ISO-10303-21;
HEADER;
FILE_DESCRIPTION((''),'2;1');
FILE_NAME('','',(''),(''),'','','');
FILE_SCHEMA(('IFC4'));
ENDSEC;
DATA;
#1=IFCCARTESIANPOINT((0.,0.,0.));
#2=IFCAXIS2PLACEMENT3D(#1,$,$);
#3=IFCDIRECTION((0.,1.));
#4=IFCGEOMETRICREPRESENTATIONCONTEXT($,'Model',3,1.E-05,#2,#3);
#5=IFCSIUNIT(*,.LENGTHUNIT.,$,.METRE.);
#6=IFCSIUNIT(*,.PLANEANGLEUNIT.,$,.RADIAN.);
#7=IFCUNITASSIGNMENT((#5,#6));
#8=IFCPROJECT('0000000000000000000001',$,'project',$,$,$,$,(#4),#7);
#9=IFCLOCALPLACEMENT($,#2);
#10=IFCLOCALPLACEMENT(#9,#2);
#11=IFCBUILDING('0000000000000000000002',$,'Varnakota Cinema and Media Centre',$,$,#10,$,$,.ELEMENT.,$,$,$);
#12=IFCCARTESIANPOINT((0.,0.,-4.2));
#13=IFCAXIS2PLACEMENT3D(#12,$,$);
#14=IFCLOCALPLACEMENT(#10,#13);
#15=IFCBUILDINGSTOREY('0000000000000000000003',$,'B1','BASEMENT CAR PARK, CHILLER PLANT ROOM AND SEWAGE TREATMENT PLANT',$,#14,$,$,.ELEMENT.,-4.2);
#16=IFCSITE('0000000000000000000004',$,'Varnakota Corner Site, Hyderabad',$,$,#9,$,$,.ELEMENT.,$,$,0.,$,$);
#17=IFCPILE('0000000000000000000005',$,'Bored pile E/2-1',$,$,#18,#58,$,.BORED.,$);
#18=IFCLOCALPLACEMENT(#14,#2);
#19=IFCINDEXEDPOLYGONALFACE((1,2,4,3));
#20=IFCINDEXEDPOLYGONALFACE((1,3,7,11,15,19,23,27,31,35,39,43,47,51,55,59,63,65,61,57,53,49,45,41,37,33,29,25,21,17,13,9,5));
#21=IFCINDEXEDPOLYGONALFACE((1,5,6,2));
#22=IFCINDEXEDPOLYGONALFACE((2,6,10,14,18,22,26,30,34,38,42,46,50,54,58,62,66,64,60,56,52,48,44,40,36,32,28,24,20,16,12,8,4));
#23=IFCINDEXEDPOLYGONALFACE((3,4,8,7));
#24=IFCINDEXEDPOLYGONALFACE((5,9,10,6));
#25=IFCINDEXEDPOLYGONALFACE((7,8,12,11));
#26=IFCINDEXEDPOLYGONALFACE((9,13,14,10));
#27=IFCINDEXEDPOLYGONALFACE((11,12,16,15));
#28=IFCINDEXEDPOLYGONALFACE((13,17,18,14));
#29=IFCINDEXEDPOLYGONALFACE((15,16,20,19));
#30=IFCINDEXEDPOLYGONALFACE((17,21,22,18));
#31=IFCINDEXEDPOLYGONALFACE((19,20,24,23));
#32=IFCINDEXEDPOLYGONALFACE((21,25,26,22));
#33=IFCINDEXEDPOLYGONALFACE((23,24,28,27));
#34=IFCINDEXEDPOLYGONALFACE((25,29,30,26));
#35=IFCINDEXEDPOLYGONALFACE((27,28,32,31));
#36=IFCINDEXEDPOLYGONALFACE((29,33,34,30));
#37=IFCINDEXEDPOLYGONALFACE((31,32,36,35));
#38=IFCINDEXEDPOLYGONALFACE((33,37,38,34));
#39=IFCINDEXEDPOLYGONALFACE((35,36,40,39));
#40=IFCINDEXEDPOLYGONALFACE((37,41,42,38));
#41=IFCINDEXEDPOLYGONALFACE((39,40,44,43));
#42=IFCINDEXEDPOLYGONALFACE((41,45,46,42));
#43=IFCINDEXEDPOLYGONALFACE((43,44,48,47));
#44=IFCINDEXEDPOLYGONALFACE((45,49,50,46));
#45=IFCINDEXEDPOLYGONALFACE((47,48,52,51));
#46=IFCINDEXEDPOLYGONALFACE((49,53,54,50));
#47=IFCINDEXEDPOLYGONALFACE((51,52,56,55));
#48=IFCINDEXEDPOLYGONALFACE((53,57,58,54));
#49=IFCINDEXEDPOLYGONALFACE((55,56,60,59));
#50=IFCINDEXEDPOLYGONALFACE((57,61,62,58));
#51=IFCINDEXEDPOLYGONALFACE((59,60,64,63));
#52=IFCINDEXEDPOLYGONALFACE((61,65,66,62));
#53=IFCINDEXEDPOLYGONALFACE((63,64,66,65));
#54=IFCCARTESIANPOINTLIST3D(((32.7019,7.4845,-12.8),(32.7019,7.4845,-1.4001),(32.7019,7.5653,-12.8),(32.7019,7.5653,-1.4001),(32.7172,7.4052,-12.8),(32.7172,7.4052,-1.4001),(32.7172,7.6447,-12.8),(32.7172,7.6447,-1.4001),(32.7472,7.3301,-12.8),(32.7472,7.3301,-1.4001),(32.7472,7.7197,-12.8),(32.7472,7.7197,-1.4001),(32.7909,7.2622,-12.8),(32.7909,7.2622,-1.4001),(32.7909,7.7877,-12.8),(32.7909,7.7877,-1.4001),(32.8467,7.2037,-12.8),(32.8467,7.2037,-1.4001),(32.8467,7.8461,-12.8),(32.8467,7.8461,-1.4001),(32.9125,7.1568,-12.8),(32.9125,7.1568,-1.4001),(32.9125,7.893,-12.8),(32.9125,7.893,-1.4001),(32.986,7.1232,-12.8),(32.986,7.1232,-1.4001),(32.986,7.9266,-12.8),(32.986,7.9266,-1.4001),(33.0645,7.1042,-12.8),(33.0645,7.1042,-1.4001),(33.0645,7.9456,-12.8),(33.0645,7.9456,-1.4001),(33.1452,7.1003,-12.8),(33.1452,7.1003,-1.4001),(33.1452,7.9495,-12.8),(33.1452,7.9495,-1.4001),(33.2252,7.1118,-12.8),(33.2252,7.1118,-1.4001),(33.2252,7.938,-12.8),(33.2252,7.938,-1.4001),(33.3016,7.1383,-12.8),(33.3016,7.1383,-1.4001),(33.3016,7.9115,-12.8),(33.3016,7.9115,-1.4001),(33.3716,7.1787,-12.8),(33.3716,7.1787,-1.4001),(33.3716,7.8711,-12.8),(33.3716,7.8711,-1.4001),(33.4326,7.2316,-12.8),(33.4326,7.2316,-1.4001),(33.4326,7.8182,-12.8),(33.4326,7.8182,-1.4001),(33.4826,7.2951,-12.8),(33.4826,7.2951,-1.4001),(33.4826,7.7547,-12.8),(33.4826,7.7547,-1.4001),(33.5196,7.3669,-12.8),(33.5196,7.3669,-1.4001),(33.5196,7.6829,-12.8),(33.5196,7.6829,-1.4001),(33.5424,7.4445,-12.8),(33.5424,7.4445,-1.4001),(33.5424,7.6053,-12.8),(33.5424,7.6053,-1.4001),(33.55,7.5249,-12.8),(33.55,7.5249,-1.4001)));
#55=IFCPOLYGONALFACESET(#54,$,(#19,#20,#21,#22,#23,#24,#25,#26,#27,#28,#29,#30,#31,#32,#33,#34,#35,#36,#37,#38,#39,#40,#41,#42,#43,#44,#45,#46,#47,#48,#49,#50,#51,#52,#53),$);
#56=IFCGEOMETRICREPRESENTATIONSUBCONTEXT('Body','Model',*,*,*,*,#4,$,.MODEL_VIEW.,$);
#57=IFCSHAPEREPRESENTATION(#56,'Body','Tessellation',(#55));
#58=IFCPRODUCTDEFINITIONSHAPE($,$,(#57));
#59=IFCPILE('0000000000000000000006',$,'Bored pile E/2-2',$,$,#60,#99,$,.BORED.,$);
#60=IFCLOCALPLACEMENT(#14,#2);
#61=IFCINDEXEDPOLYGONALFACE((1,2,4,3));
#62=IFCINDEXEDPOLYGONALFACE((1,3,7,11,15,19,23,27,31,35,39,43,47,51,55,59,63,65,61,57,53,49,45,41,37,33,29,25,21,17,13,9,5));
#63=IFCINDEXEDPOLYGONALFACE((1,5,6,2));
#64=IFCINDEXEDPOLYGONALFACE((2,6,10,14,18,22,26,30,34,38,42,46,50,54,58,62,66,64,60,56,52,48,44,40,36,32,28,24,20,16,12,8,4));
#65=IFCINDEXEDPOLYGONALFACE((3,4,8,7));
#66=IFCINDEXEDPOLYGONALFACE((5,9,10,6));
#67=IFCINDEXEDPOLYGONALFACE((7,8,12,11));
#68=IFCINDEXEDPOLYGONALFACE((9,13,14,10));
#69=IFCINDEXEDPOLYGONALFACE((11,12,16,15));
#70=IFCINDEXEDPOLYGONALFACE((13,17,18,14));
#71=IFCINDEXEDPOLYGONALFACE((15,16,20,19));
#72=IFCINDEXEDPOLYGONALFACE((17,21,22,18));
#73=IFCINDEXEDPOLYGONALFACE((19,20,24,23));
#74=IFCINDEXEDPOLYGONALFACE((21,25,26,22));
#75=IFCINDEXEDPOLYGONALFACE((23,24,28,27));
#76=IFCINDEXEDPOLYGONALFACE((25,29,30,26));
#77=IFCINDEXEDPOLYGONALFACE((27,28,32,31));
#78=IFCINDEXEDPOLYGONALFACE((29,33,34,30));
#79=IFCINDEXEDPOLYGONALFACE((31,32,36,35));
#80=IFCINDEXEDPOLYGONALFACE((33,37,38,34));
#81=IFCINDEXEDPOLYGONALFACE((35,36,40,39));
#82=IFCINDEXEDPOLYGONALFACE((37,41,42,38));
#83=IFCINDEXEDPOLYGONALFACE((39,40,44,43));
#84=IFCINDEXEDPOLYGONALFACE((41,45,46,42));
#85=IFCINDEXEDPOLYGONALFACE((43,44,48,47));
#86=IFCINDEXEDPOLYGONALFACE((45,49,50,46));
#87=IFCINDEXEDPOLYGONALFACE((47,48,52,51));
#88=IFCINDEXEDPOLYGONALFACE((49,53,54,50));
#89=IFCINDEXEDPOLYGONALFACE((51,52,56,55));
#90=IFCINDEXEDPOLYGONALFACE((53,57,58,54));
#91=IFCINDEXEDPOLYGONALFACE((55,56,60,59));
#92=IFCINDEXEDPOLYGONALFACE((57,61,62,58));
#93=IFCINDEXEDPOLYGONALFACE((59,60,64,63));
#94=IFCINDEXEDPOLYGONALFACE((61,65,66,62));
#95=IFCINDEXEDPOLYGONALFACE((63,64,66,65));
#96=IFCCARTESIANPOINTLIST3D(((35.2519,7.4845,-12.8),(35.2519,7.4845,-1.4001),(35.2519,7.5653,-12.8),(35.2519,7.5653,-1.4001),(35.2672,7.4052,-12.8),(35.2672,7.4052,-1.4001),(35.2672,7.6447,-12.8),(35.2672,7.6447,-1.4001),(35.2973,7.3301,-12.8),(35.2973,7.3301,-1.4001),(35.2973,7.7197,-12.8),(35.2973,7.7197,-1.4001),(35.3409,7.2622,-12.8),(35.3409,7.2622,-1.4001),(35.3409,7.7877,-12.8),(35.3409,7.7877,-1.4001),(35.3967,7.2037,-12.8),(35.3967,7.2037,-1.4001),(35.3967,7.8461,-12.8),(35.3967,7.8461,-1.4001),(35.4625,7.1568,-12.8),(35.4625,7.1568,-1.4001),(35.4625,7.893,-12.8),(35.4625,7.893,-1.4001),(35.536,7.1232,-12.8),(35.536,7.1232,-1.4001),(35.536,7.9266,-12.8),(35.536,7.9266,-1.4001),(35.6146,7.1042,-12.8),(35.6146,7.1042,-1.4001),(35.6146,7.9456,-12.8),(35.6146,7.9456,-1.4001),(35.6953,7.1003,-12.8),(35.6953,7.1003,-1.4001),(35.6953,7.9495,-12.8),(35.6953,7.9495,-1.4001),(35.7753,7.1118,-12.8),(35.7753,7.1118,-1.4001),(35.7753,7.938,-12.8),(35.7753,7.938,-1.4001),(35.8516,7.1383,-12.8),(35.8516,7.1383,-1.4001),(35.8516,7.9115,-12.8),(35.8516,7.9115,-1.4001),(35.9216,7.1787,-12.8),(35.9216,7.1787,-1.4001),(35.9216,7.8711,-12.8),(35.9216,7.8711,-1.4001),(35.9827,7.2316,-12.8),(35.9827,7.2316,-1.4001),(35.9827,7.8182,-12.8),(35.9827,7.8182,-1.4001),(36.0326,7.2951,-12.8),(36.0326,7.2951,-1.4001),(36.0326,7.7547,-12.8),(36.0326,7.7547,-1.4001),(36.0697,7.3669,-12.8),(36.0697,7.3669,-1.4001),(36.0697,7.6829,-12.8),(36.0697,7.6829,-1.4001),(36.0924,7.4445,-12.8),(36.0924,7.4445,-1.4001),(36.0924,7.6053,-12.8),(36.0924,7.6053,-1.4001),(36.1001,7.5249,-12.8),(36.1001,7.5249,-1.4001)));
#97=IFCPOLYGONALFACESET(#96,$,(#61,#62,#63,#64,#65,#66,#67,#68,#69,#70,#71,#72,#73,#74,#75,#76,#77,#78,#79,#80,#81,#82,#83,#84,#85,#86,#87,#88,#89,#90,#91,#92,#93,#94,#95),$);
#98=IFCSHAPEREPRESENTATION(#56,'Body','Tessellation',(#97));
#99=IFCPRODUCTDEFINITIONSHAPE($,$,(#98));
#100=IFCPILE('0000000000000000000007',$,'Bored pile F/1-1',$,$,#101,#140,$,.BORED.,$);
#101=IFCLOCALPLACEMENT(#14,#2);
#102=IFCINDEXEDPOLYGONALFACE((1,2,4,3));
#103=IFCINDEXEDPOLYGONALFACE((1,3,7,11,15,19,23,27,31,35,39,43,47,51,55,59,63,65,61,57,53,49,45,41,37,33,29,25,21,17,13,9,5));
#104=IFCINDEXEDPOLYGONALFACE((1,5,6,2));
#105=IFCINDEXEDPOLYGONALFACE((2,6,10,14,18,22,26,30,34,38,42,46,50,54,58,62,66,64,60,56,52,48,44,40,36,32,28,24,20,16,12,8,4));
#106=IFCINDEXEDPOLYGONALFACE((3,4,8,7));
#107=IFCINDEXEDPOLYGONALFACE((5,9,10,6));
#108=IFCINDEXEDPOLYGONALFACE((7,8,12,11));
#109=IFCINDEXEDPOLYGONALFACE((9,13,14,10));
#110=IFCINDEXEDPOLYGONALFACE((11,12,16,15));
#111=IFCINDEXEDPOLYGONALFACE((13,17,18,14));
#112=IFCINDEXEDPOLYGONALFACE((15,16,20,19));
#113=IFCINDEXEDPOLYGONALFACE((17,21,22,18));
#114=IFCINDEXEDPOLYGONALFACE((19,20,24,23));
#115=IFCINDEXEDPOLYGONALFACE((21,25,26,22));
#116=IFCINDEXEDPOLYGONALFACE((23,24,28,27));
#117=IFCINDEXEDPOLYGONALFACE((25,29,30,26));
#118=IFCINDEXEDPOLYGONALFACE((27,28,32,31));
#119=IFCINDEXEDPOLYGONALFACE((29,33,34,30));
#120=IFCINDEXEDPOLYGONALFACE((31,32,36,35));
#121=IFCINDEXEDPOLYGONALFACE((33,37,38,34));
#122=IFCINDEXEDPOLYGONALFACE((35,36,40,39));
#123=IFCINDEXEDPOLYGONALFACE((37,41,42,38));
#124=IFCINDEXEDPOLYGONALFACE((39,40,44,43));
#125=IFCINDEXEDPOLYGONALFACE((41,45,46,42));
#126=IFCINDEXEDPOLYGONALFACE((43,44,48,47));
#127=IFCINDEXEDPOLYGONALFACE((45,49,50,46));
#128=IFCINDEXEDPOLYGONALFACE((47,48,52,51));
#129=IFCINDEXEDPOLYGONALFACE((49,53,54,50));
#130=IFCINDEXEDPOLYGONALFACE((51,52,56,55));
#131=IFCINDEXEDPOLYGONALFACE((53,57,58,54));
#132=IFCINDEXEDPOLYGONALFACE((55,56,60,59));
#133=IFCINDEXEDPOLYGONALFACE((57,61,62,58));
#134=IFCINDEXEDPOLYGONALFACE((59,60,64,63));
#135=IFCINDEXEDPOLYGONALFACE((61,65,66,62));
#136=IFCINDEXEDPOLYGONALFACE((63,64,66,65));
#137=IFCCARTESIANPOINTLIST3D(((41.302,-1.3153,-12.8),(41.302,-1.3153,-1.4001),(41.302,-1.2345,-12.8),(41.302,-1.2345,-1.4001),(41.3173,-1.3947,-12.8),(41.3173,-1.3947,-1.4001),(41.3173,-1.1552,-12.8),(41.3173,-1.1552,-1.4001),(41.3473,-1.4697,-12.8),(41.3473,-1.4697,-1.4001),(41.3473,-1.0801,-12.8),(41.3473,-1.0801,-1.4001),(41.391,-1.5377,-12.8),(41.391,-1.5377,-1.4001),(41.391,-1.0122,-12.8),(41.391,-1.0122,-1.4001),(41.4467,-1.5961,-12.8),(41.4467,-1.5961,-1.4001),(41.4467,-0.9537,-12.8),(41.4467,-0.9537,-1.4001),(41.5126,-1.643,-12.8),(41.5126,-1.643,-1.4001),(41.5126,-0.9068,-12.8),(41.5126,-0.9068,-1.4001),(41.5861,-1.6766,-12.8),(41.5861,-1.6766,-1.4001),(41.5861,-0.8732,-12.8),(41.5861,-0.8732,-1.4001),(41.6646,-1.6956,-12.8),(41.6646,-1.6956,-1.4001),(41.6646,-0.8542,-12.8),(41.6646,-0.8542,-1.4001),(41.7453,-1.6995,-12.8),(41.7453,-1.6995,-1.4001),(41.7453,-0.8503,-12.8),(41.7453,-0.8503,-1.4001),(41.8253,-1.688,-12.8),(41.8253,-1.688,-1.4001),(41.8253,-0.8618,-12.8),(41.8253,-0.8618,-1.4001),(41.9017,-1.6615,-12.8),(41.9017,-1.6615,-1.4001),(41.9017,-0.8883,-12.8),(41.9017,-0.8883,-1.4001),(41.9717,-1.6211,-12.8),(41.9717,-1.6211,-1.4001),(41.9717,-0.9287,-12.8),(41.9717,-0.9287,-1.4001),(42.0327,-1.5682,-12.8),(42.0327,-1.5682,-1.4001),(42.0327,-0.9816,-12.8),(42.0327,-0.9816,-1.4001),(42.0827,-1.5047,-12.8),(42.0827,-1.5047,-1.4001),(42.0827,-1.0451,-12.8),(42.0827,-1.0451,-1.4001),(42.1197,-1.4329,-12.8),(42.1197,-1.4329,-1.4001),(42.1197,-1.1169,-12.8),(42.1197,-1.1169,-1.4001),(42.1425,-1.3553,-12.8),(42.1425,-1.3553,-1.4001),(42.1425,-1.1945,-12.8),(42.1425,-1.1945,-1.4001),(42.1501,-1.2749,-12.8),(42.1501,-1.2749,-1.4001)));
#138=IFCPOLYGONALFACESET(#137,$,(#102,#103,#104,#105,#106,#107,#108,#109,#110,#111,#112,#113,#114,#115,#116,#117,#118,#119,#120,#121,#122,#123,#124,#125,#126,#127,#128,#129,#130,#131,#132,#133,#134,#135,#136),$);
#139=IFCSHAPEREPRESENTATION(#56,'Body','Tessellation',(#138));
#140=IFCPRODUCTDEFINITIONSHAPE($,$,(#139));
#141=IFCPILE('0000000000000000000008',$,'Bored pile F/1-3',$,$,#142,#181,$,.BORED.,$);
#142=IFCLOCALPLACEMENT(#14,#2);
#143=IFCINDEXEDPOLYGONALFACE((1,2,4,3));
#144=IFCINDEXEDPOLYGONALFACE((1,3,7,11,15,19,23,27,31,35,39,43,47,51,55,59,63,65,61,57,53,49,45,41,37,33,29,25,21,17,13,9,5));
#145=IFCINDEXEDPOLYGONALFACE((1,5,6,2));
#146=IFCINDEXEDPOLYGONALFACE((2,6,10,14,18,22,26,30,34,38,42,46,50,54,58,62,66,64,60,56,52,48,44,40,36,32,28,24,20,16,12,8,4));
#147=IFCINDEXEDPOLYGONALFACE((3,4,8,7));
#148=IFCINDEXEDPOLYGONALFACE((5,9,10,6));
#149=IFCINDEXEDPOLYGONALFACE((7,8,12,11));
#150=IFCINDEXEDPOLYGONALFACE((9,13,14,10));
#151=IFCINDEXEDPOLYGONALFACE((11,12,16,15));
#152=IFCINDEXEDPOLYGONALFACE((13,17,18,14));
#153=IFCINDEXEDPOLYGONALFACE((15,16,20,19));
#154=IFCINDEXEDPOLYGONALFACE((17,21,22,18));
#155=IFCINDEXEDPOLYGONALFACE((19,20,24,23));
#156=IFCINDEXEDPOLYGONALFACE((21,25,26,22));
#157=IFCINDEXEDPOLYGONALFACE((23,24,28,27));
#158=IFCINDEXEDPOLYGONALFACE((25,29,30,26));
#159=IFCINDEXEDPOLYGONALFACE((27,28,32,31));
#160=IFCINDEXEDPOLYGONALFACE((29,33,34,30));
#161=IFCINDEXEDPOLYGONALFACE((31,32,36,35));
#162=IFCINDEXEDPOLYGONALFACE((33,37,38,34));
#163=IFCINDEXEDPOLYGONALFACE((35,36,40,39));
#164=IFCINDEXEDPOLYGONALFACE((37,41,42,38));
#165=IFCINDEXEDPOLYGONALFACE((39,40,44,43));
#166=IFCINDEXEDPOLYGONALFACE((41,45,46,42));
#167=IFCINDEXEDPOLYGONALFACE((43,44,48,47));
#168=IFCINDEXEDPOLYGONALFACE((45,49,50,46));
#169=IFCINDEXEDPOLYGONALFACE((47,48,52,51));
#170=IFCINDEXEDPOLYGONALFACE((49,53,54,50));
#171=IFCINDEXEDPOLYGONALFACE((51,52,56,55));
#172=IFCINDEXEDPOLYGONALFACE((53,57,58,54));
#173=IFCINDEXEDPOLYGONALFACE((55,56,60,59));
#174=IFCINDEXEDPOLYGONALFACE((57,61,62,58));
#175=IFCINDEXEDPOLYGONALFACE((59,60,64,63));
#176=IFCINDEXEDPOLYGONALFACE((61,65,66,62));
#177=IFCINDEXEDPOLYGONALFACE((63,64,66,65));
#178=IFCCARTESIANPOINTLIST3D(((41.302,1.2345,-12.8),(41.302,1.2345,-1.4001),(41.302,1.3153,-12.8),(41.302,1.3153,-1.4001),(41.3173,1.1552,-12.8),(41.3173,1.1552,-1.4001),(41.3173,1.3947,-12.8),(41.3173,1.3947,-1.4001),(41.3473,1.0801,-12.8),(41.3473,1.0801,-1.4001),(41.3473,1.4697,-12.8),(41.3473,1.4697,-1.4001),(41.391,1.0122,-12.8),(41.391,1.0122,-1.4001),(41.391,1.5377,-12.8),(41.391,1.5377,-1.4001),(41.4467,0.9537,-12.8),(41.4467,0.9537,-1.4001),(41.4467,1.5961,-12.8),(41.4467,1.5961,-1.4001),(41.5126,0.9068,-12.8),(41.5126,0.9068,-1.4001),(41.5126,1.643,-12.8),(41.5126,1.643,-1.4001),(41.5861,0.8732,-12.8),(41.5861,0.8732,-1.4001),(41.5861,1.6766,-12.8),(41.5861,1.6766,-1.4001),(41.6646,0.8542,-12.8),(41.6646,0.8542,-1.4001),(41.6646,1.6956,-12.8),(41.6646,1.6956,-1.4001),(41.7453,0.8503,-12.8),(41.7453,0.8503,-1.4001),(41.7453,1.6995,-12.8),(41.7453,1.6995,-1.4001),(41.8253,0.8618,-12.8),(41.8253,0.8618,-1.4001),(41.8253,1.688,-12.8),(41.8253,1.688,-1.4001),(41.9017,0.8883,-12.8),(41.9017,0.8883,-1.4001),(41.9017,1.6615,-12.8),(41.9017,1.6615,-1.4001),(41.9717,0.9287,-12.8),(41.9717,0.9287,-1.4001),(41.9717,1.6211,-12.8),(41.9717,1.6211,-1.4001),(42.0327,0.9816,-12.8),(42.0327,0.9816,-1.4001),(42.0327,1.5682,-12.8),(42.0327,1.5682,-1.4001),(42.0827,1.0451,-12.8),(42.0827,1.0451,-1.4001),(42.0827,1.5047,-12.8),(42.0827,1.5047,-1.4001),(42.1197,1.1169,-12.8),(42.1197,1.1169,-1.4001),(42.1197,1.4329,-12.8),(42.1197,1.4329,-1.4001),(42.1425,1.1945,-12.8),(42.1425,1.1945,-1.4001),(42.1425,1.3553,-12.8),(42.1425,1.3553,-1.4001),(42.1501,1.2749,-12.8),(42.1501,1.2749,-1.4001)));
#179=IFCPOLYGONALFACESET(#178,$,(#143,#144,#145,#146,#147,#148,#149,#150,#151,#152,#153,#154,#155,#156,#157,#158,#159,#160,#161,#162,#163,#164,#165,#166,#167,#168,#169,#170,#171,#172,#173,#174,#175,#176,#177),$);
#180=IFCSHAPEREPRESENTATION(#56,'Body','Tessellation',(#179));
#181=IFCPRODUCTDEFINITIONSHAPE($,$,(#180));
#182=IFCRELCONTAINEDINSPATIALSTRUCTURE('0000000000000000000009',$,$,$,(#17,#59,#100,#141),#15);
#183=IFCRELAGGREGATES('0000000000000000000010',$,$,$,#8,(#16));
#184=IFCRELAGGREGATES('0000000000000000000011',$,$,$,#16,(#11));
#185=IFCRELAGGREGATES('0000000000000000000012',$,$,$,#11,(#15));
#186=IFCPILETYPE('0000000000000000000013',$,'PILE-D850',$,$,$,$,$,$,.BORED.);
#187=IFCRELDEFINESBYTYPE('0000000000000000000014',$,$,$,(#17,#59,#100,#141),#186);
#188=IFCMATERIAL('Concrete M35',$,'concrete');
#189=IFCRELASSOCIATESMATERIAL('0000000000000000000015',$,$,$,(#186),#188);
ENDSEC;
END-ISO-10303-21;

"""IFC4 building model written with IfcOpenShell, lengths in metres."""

from ifc_helpers import new_model, si_unit, direction, frame, origin, origin_2d, place, context, subcontext, project, spatial, circle, extrude, material, material_profile, profile_set, type_object, element, save


model = new_model("IFC4")

# Units and contexts
model_context = context("Model", 3, precision=1e-05, world=origin(), true_north=direction((0.0, 1.0)))
body_context = subcontext(model_context, "Body", "Model", "MODEL_VIEW")
ifc_project = project(units=[si_unit("LENGTHUNIT", "METRE"), si_unit("PLANEANGLEUNIT", "RADIAN")], contexts=[model_context])

# Site, building, storey
site_placement = place(None, origin())
site = spatial("IfcSite", under=ifc_project, at=site_placement, Name="Varnakota Corner Site, Hyderabad", CompositionType="ELEMENT", RefElevation=0.0)
building_placement = place(site_placement, origin())
building = spatial("IfcBuilding", under=site, at=building_placement, Name="Varnakota Cinema and Media Centre", CompositionType="ELEMENT")
storey_placement = place(building_placement, frame((0.0, 0.0, -4.2)))
storey = spatial("IfcBuildingStorey", under=building, at=storey_placement, Name="B1", Description="BASEMENT CAR PARK, CHILLER PLANT ROOM AND SEWAGE TREATMENT PLANT", CompositionType="ELEMENT", Elevation=-4.2)

# Piles
ifc_material_1 = material(Name="Concrete M35", Category="concrete")
ifc_material_profile_1 = material_profile(ifc_material_1, circle(Radius=0.425, at=origin_2d()), Name="PILE D850")
ifc_profile_set_1 = profile_set([ifc_material_profile_1], Name="Concrete M35")
pile_type_1 = type_object("IfcPileType", Name="PILE-D850", PredefinedType="BORED", material=ifc_profile_set_1)
for number, where, z_axis, x_axis, name in (
    (1, (33.125, 7.5249, -1.4001), (0.0, 0.0, -1.0), (1.0, 0.0, 0.0), "Bored pile E/2-1"),
    (2, (35.675, 7.5249, -1.4001), (0.0, 0.0, -1.0), (1.0, 0.0, 0.0), "Bored pile E/2-2"),
    (3, (41.7251, -1.2749, -1.4001), (0.0, 0.0, -1.0), (1.0, 0.0, 0.0), "Bored pile F/1-1"),
    (4, (41.7251, 1.2749, -1.4001), (0.0, 0.0, -1.0), (1.0, 0.0, 0.0), "Bored pile F/1-3"),
):
    element("IfcPile", number, at=place(storey_placement, frame(where, z_axis=z_axis, x_axis=x_axis)), inside=storey, type_object=pile_type_1, Name=name, PredefinedType="BORED", context=body_context, shape_type="SweptSolid", body=[
        extrude(circle(Radius=0.425, at=origin_2d()), origin(), (0.0, 0.0, 1.0), 11.3999),
    ])

save(model, "model.ifc")
